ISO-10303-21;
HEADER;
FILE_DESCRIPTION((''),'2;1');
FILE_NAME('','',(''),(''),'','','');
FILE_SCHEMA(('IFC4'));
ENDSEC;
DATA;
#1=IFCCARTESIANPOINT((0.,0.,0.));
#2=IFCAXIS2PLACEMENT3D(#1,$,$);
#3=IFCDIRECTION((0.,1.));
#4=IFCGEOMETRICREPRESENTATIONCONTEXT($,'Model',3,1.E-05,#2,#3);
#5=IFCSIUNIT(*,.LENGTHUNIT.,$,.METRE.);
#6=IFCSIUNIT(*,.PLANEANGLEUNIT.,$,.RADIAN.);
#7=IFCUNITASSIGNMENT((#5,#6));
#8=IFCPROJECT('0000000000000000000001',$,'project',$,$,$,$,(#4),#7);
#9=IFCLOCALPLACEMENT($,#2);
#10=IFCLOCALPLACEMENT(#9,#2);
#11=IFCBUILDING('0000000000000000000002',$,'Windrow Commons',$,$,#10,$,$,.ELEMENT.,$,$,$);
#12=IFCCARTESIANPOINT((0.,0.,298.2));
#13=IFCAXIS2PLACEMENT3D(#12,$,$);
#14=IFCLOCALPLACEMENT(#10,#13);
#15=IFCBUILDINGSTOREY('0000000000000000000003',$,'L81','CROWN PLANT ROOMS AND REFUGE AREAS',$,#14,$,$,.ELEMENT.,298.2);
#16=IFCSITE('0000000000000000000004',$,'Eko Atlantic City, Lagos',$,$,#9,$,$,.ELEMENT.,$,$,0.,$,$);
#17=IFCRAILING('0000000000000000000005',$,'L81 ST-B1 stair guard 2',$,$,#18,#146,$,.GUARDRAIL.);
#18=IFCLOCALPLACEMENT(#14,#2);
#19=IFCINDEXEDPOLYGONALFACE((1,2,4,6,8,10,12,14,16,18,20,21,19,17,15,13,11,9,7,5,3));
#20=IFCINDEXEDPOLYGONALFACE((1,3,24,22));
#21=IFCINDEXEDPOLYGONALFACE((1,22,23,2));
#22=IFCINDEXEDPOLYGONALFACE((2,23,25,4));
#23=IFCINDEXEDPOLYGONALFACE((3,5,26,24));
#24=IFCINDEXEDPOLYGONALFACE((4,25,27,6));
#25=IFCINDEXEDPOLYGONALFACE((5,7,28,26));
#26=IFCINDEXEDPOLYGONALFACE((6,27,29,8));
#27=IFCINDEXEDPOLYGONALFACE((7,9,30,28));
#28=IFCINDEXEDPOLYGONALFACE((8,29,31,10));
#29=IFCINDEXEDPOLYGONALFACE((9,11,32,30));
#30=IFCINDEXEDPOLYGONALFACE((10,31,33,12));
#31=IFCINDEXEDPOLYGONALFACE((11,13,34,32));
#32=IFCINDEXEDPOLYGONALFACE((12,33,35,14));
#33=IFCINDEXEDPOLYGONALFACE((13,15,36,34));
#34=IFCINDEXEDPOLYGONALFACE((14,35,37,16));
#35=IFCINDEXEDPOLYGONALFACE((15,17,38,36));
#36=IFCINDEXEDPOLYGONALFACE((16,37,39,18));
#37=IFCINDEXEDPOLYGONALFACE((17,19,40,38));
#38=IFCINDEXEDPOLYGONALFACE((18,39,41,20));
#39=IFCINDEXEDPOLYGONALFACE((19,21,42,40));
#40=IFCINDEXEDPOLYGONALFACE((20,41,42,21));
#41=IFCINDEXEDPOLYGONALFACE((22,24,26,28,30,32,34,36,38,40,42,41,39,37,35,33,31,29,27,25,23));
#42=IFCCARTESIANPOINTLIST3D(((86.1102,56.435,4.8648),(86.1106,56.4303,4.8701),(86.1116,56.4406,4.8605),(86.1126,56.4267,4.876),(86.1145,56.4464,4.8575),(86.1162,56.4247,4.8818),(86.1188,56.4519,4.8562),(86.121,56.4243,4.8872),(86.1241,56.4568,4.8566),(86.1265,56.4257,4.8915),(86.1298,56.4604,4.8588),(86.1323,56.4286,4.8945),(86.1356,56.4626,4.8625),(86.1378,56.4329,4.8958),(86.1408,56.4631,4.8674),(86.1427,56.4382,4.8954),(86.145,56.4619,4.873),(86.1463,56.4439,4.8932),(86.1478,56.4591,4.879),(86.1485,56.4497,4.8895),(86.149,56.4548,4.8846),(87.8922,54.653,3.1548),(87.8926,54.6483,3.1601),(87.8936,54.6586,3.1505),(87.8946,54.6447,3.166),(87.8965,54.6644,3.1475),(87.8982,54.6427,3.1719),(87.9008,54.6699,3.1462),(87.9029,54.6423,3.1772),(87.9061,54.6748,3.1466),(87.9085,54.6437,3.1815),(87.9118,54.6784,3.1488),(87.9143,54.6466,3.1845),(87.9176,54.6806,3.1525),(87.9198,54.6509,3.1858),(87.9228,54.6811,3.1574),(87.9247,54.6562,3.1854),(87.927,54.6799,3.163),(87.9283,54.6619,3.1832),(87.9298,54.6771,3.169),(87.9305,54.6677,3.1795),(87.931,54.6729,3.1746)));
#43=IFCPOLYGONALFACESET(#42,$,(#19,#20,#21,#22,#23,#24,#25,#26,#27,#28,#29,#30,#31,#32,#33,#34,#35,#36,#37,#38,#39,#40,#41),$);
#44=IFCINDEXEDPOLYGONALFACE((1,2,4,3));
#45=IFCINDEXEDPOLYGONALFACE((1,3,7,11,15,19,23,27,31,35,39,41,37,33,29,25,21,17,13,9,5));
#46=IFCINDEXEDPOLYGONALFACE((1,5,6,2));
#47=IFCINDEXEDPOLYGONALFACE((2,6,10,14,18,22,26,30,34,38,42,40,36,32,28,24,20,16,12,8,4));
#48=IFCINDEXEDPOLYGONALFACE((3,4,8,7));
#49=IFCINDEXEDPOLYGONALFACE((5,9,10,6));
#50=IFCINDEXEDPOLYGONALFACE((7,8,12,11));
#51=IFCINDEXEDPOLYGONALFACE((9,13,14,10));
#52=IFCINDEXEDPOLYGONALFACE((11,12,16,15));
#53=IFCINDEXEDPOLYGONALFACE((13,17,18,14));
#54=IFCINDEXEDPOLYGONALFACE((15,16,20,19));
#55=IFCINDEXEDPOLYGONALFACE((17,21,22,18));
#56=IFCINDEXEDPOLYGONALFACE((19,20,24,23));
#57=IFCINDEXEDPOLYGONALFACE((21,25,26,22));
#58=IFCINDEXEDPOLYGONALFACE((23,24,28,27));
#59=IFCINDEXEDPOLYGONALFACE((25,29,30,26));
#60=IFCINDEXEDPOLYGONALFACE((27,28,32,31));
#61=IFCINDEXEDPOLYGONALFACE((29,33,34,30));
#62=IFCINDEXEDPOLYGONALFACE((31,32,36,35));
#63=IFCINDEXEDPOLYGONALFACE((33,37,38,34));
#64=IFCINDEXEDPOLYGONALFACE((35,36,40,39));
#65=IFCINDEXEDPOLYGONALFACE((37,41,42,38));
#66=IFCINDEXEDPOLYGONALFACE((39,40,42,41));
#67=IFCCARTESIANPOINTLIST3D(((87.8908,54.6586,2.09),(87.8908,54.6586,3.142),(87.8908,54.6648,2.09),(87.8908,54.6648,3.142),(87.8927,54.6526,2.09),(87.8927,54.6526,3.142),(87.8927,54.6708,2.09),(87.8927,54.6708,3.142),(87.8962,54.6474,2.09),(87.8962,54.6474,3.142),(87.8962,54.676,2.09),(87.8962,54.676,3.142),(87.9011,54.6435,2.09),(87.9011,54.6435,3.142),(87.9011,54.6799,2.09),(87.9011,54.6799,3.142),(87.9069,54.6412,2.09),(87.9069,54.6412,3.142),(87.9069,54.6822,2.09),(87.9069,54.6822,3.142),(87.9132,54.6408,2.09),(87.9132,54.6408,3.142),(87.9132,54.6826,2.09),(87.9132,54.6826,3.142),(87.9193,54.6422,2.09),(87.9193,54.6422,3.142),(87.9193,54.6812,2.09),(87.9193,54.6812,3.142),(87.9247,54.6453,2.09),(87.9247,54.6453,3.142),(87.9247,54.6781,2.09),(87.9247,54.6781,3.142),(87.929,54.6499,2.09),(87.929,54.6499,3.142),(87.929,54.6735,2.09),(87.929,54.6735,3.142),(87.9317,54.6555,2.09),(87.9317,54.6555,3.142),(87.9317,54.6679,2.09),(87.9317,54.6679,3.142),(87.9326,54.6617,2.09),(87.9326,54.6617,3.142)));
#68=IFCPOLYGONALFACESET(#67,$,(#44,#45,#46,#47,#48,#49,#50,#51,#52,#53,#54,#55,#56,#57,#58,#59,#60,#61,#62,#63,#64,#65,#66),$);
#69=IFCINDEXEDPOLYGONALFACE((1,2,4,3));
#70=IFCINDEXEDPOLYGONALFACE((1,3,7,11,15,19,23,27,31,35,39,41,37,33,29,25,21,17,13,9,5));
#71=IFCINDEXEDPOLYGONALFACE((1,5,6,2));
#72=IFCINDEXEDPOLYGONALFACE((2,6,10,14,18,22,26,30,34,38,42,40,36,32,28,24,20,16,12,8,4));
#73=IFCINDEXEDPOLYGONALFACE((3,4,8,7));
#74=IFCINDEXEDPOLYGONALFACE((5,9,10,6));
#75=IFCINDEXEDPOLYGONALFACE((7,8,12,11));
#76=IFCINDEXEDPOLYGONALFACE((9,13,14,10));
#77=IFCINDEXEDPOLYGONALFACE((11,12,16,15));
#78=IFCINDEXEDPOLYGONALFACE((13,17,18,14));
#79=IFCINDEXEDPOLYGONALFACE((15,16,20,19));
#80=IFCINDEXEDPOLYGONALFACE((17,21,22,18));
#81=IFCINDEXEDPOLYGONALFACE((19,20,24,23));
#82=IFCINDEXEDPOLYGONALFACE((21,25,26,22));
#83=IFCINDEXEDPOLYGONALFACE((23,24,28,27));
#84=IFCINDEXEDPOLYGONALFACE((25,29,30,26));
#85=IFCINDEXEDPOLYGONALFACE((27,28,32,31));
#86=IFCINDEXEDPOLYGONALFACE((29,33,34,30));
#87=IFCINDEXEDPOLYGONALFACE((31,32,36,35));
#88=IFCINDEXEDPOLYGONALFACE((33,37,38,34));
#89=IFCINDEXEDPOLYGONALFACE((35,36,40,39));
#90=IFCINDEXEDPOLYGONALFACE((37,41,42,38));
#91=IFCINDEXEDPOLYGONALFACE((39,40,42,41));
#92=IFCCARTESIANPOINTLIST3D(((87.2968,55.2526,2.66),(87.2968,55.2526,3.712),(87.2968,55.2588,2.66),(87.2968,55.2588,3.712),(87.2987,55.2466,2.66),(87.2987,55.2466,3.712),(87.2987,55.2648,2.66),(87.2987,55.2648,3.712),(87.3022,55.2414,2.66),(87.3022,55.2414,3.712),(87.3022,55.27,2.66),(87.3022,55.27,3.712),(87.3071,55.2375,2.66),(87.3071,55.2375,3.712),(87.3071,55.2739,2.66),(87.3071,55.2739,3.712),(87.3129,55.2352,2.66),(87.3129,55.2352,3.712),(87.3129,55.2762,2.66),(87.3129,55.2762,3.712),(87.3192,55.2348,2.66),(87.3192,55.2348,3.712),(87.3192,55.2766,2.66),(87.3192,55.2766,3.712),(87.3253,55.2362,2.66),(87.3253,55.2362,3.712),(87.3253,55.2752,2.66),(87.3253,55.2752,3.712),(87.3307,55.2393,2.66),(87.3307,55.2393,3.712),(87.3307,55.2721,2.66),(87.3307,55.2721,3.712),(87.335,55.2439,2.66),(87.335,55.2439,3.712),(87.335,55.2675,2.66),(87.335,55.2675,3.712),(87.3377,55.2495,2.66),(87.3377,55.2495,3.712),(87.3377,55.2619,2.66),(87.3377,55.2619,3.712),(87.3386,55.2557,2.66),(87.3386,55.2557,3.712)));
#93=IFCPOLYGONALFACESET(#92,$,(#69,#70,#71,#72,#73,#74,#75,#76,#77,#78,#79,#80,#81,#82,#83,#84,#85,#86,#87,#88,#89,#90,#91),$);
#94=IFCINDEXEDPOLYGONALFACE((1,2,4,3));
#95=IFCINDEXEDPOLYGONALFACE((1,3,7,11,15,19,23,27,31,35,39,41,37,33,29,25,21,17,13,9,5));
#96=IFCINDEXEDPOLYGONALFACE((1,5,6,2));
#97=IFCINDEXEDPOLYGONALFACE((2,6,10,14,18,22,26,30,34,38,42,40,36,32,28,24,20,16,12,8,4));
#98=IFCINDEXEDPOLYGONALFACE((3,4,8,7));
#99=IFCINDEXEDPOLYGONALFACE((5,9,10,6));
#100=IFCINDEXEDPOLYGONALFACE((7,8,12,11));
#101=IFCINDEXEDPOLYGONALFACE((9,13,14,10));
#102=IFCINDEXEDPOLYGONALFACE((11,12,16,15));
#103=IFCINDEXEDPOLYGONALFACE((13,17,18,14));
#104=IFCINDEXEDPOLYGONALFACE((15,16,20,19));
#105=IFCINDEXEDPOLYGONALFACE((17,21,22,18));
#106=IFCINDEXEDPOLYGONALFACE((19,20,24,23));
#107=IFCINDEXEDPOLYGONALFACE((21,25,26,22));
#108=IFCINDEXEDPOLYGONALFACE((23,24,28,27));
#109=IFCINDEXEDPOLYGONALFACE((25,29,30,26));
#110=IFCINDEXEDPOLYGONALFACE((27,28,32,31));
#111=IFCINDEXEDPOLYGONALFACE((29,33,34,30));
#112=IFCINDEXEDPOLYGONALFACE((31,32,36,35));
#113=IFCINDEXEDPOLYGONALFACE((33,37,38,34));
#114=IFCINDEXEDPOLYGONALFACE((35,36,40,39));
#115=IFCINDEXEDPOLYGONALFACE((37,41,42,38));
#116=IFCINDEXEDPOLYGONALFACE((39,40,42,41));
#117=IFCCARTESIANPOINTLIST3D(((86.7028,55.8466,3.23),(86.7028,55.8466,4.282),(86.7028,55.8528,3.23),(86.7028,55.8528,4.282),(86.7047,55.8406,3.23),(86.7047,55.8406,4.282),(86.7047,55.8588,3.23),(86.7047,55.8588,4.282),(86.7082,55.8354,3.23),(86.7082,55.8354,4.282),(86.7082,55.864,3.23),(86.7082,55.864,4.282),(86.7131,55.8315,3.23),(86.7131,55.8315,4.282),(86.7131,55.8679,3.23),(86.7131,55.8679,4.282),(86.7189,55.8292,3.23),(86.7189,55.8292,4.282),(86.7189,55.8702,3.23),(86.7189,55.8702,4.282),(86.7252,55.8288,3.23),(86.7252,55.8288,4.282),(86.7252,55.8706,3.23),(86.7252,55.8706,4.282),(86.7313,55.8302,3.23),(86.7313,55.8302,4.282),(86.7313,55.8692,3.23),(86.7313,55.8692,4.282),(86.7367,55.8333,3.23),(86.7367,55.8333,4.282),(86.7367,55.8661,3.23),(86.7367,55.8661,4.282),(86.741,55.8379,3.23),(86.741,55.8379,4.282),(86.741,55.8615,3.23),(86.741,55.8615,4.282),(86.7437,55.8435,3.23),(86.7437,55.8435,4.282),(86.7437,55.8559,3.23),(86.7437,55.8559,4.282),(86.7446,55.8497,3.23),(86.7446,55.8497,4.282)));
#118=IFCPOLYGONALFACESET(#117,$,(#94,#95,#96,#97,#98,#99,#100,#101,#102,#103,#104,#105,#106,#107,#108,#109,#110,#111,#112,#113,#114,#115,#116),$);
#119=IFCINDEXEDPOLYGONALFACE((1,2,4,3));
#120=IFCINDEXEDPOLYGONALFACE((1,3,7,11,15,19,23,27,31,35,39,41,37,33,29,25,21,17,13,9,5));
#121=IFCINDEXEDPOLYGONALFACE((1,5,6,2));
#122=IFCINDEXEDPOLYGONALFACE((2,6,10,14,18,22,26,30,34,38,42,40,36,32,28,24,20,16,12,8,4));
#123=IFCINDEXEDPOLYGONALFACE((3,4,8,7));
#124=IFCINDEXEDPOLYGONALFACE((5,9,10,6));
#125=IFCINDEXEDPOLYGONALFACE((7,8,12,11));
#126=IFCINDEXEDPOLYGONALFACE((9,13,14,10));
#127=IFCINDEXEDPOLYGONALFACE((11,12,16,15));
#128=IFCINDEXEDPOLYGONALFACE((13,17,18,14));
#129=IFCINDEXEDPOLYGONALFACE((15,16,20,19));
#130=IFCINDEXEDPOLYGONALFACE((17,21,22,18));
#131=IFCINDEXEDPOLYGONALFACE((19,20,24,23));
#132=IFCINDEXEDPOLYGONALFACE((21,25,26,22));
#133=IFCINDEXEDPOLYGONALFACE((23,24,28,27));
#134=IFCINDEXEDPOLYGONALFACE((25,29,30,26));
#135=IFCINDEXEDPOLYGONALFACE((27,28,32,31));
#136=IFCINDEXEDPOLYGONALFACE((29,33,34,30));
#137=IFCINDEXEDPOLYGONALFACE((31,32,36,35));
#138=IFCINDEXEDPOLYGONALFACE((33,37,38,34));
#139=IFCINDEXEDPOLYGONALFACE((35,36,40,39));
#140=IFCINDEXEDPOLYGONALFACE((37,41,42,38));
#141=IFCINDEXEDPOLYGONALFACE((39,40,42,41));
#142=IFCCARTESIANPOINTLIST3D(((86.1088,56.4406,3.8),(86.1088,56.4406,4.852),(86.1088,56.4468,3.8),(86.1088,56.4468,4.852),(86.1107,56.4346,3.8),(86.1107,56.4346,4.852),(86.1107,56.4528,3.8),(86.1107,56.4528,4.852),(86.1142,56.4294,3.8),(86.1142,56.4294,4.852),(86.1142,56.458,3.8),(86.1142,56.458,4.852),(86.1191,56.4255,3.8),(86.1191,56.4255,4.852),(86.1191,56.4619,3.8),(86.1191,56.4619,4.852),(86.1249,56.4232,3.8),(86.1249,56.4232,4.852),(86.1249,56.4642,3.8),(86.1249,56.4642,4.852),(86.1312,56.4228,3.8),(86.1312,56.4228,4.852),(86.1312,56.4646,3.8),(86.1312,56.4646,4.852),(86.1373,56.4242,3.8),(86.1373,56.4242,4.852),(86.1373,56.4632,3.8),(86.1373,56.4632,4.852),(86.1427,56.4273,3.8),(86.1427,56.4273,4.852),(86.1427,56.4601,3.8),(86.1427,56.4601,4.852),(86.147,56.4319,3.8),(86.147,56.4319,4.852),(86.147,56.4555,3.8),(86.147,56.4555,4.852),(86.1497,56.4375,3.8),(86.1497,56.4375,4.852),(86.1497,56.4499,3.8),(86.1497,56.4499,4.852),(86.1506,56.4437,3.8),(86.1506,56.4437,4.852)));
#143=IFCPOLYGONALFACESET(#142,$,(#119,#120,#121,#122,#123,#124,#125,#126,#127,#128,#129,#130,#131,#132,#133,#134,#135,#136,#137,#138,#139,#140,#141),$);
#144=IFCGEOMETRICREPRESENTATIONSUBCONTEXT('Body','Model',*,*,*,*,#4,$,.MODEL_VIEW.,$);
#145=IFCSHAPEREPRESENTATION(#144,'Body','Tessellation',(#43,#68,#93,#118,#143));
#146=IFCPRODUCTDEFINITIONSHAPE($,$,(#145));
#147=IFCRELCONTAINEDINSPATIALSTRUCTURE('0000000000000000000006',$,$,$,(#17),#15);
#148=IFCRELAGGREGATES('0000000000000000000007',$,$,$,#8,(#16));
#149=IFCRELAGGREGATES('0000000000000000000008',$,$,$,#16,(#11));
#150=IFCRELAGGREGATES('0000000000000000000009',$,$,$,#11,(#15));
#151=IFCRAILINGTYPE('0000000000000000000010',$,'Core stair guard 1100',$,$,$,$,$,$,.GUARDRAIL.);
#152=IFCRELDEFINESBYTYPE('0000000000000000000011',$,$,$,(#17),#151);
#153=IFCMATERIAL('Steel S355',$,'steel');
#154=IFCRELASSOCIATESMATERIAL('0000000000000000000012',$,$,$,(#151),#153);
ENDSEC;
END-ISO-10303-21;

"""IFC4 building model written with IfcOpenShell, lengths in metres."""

from ifc_helpers import new_model, si_unit, direction, frame, origin, origin_2d, place, context, subcontext, project, spatial, circle, extrude, material, type_object, element, save


model = new_model("IFC4")

# Units and contexts
model_context = context("Model", 3, precision=1e-05, world=origin(), true_north=direction((0.0, 1.0)))
body_context = subcontext(model_context, "Body", "Model", "MODEL_VIEW")
ifc_project = project(units=[si_unit("LENGTHUNIT", "METRE"), si_unit("PLANEANGLEUNIT", "RADIAN")], contexts=[model_context])

# Site, building, storey
site_placement = place(None, origin())
site = spatial("IfcSite", under=ifc_project, at=site_placement, Name="Eko Atlantic City, Lagos", CompositionType="ELEMENT", RefElevation=0.0)
building_placement = place(site_placement, origin())
building = spatial("IfcBuilding", under=site, at=building_placement, Name="Windrow Commons", CompositionType="ELEMENT")
storey_placement = place(building_placement, frame((0.0, 0.0, 298.2)))
storey = spatial("IfcBuildingStorey", under=building, at=storey_placement, Name="L81", Description="CROWN PLANT ROOMS AND REFUGE AREAS", CompositionType="ELEMENT", Elevation=298.2)

# Railing
ifc_material_1 = material(Name="Steel S355", Category="steel")
railing_type_1 = type_object("IfcRailingType", Name="Core stair guard 1100", PredefinedType="GUARDRAIL", material=ifc_material_1)
railing_1_placement = place(storey_placement, frame((87.9116, 54.6617, 2.09)))
element("IfcRailing", 1, at=railing_1_placement, inside=storey, type_object=railing_type_1, Name="L81 ST-B1 stair guard 2", PredefinedType="GUARDRAIL", context=body_context, shape_type="SweptSolid", body=[
    extrude(circle(Radius=0.024, at=origin_2d()), frame((0.0, 0.0, 1.076), z_axis=(-0.585123, 0.585123, 0.561482), x_axis=(-0.707107, -0.707107, 0.0)), (0.0, 0.0, 1.0), 3.0455),
    extrude(circle(Radius=0.021, at=origin_2d()), origin(), (0.0, 0.0, 1.0), 1.052),
    extrude(circle(Radius=0.021, at=origin_2d()), frame((-0.594, 0.594, 0.57)), (0.0, 0.0, 1.0), 1.052),
    extrude(circle(Radius=0.021, at=origin_2d()), frame((-1.188, 1.188, 1.14)), (0.0, 0.0, 1.0), 1.052),
    extrude(circle(Radius=0.021, at=origin_2d()), frame((-1.782, 1.782, 1.71)), (0.0, 0.0, 1.0), 1.052),
])

save(model, "model.ifc")
